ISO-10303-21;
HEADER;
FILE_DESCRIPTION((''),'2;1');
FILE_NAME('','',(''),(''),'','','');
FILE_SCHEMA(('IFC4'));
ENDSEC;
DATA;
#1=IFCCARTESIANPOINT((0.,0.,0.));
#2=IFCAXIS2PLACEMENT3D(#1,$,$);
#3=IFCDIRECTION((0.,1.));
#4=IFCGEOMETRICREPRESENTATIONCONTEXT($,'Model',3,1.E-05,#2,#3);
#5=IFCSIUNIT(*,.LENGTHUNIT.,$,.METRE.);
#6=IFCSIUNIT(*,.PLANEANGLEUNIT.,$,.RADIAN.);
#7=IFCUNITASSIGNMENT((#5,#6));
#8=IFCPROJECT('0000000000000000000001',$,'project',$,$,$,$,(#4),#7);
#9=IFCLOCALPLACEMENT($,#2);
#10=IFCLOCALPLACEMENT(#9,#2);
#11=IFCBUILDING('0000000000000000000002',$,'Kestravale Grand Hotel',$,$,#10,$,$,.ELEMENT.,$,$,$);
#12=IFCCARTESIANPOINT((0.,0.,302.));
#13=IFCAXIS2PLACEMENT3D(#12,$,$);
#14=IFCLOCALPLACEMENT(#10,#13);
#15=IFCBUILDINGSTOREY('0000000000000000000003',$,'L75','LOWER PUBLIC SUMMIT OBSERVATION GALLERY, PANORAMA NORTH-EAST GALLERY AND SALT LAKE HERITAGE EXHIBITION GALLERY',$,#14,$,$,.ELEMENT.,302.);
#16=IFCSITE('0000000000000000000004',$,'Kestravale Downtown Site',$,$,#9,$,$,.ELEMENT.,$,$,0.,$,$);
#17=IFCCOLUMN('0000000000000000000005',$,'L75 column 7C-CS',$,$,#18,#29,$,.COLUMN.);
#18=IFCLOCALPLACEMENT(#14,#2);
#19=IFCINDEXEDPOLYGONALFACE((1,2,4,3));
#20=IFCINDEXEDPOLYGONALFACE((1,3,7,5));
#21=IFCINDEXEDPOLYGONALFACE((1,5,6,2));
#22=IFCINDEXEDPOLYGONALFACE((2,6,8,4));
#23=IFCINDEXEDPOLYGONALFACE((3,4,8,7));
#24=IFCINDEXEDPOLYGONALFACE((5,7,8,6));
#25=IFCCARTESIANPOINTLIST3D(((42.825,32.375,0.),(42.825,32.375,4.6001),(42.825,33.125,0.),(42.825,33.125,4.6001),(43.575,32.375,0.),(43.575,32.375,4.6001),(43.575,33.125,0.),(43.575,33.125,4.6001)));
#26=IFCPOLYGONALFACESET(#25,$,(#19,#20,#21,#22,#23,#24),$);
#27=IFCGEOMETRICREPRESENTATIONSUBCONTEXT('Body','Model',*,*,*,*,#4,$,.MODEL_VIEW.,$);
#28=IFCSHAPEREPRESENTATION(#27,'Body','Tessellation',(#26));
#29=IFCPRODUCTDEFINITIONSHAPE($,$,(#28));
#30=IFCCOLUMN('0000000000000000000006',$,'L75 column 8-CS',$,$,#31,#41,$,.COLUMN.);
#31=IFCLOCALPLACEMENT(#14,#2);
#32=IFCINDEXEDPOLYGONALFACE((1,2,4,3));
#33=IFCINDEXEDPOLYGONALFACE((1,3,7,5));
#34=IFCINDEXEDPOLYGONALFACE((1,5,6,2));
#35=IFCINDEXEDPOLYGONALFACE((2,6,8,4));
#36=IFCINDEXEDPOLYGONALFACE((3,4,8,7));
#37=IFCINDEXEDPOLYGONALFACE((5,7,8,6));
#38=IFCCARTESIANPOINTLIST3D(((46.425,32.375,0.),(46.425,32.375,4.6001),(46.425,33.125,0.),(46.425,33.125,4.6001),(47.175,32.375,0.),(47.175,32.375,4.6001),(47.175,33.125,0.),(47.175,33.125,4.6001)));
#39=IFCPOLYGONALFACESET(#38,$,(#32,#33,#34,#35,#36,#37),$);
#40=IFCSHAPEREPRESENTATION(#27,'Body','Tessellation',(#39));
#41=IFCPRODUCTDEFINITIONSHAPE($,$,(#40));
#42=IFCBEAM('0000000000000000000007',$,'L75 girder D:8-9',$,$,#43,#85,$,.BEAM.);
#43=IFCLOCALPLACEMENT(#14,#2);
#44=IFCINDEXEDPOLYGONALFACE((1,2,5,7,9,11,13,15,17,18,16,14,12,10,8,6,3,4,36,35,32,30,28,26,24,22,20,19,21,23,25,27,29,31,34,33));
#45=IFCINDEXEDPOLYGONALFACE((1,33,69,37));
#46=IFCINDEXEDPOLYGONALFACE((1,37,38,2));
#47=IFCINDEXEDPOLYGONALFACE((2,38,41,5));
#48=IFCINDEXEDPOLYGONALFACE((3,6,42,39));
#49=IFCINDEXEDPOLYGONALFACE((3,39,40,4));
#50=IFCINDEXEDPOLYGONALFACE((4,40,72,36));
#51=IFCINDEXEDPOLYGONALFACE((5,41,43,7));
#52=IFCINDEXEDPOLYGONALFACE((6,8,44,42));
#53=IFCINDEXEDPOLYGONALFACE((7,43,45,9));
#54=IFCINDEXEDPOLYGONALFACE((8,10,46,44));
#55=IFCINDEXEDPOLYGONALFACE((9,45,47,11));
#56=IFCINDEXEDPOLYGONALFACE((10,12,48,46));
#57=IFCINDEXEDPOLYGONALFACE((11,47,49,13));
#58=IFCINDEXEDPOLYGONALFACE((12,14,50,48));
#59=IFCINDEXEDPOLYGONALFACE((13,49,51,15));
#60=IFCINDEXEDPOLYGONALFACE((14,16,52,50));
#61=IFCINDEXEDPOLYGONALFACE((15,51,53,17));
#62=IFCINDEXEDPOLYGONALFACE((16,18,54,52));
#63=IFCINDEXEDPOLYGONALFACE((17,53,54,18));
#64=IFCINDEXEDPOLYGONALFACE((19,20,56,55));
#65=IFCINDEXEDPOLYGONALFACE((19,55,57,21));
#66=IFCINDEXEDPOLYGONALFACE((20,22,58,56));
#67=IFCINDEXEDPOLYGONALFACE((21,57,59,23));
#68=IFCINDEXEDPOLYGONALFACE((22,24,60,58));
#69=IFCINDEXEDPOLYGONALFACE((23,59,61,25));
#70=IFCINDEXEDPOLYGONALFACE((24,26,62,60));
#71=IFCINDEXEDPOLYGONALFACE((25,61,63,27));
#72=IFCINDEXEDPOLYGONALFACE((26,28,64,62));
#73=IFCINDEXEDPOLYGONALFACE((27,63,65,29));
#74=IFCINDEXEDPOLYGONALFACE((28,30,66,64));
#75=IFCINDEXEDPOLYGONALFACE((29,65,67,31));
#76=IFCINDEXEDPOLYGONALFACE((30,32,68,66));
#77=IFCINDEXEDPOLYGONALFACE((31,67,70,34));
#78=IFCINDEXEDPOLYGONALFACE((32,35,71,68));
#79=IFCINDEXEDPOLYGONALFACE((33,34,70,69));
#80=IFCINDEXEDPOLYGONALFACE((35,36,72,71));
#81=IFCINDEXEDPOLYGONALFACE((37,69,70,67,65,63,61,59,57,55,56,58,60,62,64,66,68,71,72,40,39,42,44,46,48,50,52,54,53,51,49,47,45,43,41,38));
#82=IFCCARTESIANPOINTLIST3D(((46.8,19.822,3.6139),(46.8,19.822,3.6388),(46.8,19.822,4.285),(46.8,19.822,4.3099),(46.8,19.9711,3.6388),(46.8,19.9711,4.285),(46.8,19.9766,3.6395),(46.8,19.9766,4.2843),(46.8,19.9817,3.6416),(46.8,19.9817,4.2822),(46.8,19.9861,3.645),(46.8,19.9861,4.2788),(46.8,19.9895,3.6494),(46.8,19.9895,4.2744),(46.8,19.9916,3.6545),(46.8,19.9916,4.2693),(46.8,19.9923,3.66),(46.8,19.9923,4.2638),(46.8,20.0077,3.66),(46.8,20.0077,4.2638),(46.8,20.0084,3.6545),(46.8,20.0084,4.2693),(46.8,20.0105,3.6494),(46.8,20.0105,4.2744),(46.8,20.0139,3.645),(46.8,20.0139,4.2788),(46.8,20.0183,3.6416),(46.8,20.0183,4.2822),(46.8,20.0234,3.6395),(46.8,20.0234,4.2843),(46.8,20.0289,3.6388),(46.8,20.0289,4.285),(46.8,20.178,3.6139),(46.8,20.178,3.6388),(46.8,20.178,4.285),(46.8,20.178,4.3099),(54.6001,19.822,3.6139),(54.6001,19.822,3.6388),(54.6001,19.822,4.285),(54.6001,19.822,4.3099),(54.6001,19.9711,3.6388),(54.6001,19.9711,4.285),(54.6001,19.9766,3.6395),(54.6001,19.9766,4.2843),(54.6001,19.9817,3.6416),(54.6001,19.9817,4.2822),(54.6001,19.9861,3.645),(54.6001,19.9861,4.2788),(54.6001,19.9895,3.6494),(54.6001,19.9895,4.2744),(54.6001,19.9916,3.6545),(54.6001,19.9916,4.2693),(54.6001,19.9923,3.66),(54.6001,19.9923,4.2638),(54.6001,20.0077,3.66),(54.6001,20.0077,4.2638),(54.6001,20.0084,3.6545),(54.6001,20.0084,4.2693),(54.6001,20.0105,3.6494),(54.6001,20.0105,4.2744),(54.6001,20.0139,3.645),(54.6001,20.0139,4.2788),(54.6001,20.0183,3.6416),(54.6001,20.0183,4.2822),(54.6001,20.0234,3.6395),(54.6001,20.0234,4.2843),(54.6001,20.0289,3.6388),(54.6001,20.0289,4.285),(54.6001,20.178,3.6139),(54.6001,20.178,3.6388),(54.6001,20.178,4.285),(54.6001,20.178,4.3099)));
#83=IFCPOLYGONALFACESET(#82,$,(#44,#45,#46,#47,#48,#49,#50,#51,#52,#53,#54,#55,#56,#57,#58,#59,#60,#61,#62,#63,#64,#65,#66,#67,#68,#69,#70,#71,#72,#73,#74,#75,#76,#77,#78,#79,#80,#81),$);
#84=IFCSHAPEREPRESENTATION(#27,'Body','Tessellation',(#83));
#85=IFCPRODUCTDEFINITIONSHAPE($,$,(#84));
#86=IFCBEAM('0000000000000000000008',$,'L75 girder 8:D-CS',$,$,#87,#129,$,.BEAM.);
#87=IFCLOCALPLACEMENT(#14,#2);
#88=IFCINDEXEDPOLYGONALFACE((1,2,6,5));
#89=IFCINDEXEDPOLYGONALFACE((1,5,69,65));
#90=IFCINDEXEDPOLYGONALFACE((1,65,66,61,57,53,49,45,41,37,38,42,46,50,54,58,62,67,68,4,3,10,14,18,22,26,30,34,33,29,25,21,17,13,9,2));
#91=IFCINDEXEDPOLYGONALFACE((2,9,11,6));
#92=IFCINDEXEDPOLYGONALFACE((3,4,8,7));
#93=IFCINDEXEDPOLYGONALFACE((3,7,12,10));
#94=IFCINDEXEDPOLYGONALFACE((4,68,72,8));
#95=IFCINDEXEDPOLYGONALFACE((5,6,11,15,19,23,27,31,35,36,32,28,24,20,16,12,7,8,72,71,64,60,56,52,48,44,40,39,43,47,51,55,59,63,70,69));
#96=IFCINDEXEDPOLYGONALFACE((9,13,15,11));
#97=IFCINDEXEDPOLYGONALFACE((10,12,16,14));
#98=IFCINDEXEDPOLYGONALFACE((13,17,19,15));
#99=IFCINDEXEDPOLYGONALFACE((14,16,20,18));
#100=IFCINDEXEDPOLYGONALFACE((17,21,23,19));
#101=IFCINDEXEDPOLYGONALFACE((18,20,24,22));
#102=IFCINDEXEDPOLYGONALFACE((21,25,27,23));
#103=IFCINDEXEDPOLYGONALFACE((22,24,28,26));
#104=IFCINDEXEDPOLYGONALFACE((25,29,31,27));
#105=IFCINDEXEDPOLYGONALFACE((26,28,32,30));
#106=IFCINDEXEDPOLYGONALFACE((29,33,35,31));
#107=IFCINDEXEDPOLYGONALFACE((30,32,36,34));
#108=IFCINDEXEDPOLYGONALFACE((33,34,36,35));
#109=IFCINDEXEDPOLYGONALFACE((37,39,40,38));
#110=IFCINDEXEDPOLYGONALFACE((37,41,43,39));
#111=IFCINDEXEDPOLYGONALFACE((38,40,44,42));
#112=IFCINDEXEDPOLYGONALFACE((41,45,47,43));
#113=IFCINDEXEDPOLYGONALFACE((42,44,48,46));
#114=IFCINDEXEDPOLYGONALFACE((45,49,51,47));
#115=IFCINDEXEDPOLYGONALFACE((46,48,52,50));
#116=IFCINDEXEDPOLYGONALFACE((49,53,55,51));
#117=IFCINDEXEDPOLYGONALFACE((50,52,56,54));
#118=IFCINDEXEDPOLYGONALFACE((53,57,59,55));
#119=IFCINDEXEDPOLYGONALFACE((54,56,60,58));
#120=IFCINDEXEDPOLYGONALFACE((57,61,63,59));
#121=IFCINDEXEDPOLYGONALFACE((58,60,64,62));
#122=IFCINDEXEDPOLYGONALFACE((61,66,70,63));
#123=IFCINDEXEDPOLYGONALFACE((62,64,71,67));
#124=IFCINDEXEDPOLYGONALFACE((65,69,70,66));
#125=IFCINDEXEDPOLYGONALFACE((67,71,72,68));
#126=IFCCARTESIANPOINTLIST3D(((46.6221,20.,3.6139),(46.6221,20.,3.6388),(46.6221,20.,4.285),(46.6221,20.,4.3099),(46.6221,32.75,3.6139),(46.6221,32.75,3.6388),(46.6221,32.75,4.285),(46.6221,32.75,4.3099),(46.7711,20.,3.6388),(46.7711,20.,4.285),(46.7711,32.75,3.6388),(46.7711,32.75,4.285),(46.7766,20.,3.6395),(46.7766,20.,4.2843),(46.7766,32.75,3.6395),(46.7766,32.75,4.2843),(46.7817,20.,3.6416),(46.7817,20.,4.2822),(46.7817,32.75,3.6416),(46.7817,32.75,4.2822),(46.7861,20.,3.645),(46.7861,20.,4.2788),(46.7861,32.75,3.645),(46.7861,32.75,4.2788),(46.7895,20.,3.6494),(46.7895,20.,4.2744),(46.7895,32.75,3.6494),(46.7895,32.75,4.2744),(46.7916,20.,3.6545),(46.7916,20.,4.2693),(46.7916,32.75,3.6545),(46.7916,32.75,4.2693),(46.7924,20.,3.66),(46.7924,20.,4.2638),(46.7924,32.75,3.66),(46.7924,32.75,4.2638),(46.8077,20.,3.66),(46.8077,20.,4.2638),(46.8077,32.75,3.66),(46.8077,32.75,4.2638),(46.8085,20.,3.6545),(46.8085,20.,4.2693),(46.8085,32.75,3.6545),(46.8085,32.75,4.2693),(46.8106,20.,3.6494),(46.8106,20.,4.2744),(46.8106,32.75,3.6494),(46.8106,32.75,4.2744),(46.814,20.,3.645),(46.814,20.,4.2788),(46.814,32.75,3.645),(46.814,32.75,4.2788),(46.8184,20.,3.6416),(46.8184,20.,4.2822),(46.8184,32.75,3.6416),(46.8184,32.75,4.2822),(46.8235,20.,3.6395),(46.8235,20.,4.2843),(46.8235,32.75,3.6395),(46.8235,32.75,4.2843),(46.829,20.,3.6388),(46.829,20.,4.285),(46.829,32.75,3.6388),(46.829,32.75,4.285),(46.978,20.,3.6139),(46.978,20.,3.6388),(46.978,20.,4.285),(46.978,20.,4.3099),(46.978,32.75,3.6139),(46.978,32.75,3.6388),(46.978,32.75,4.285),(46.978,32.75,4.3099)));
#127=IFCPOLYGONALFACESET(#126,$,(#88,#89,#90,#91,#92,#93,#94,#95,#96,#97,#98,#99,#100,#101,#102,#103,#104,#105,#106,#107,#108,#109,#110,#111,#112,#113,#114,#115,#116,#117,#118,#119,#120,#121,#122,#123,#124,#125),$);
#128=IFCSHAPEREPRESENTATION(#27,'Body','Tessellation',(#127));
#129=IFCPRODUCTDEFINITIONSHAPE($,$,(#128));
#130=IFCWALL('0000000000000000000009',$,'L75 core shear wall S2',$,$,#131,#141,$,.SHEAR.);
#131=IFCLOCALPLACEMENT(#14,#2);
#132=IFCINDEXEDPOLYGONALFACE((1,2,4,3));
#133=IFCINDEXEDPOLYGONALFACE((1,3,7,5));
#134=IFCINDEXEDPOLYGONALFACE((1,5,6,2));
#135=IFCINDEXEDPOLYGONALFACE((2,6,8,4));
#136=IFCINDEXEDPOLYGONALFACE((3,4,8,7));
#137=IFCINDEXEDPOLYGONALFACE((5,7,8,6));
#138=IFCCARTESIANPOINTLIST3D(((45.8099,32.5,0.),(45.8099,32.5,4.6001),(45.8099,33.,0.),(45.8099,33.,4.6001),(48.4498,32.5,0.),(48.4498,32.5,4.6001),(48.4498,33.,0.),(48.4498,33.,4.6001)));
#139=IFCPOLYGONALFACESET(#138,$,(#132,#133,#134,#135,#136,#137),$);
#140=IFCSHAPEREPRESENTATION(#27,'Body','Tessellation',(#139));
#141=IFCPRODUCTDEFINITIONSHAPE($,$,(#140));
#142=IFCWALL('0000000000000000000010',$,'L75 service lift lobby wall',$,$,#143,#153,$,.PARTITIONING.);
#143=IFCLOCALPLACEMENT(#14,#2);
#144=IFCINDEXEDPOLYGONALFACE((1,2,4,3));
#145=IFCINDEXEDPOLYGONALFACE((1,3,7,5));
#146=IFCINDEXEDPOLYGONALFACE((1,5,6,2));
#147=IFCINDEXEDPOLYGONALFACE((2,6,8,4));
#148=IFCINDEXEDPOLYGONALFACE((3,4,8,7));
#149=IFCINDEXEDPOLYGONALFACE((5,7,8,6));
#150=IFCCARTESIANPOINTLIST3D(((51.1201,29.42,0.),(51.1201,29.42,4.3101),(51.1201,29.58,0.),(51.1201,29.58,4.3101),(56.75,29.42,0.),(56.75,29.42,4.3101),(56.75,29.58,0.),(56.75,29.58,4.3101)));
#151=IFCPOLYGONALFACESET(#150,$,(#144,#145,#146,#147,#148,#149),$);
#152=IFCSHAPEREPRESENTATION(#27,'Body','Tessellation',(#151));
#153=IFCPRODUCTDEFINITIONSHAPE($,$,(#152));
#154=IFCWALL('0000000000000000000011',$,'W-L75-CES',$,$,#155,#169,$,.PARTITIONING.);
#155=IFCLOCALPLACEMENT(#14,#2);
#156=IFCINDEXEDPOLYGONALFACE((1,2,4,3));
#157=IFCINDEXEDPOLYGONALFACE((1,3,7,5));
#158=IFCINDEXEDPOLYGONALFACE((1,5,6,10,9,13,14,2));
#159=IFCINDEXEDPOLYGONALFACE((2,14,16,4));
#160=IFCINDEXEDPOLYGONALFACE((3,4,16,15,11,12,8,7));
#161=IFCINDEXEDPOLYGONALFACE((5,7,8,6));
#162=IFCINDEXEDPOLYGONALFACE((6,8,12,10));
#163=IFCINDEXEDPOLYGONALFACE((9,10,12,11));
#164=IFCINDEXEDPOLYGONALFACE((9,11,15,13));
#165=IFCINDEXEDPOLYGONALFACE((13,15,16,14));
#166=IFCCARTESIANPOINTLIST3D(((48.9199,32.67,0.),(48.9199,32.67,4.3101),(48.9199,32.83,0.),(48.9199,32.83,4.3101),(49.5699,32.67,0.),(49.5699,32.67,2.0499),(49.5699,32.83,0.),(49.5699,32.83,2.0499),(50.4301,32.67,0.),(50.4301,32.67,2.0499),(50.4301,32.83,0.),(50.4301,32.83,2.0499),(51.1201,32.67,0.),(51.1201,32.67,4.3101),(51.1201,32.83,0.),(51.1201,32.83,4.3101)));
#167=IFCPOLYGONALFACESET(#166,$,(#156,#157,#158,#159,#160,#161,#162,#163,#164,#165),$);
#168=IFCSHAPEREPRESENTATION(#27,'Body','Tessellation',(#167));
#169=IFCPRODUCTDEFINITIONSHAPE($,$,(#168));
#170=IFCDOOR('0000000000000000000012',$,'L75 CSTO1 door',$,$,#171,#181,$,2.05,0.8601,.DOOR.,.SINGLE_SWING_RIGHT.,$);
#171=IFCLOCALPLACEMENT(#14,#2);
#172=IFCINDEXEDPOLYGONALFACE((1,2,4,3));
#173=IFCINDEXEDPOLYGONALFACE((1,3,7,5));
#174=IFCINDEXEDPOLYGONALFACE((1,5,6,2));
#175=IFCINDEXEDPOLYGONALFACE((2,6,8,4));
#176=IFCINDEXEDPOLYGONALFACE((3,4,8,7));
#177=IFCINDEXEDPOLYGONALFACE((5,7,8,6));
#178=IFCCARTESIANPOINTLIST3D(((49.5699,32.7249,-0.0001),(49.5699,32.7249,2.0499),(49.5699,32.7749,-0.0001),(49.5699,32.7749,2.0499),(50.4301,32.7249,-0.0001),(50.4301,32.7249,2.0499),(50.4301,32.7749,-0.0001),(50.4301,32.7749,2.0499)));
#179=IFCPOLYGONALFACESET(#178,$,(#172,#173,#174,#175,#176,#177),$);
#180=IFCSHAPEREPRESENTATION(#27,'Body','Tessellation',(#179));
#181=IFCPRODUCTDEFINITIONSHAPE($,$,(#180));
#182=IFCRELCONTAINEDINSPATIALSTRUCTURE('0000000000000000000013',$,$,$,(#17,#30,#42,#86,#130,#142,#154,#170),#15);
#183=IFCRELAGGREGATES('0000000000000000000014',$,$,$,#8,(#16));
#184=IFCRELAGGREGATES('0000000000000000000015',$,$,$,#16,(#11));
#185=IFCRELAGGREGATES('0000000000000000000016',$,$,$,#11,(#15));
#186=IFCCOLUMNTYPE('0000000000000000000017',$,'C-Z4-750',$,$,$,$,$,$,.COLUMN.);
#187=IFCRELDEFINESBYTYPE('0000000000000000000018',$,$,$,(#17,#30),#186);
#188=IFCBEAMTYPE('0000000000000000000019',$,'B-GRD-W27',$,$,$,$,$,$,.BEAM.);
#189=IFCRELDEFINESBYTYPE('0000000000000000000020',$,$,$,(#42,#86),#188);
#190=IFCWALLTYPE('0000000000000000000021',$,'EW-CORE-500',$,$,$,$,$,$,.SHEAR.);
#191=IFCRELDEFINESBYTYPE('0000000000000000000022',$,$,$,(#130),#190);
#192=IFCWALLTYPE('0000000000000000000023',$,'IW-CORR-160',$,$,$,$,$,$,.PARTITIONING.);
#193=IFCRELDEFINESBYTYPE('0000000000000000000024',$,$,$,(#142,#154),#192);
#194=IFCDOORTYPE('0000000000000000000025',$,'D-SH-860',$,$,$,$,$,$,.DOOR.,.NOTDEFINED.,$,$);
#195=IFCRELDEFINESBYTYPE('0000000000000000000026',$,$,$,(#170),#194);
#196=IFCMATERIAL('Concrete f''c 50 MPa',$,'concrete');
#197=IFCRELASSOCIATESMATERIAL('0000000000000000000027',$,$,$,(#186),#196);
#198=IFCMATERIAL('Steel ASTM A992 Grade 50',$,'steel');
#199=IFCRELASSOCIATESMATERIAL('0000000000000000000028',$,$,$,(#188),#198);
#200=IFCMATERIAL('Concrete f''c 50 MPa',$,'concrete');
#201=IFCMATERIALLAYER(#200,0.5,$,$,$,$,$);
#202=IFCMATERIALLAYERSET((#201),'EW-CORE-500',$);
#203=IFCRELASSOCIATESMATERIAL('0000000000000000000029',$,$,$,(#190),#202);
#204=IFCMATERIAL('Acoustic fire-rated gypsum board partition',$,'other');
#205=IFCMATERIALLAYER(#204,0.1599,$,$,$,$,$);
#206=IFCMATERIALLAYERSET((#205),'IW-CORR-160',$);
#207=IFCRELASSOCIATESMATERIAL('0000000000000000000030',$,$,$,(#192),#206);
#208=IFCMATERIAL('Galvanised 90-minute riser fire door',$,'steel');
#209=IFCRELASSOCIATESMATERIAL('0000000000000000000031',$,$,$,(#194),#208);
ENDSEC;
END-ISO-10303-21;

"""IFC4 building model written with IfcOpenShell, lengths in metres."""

from ifc_helpers import new_model, si_unit, direction, frame, frame_2d, origin, origin_2d, place, context, subcontext, project, spatial, rectangle, i_section, extrude, material, layer, layer_set, material_profile, profile_set, type_object, element, fill, save


model = new_model("IFC4")

# Units and contexts
model_context = context("Model", 3, precision=1e-05, world=origin(), true_north=direction((0.0, 1.0)))
body_context = subcontext(model_context, "Body", "Model", "MODEL_VIEW")
ifc_project = project(units=[si_unit("LENGTHUNIT", "METRE"), si_unit("PLANEANGLEUNIT", "RADIAN")], contexts=[model_context])

# Site, building, storey
site_placement = place(None, origin())
site = spatial("IfcSite", under=ifc_project, at=site_placement, Name="Kestravale Downtown Site", CompositionType="ELEMENT", RefElevation=0.0)
building_placement = place(site_placement, origin())
building = spatial("IfcBuilding", under=site, at=building_placement, Name="Kestravale Grand Hotel", CompositionType="ELEMENT")
storey_placement = place(building_placement, frame((0.0, 0.0, 302.0)))
storey = spatial("IfcBuildingStorey", under=building, at=storey_placement, Name="L75", Description="LOWER PUBLIC SUMMIT OBSERVATION GALLERY, PANORAMA NORTH-EAST GALLERY AND SALT LAKE HERITAGE EXHIBITION GALLERY", CompositionType="ELEMENT", Elevation=302.0)

# Columns
ifc_material_1 = material(Name="Concrete f'c 50 MPa", Category="concrete")
ifc_material_profile_1 = material_profile(ifc_material_1, rectangle(XDim=0.75, YDim=0.75, at=origin_2d()))
ifc_profile_set_1 = profile_set([ifc_material_profile_1], Name="Concrete f'c 50 MPa")
column_type = type_object("IfcColumnType", Name="C-Z4-750", PredefinedType="COLUMN", material=ifc_profile_set_1)
for number, where, z_axis, x_axis, name in (
    (1, (43.2, 32.75, 0.0), (0.0, 0.0, 1.0), (1.0, 0.0, 0.0), "L75 column 7C-CS"),
    (2, (46.8, 32.75, 0.0), (0.0, 0.0, 1.0), (1.0, 0.0, 0.0), "L75 column 8-CS"),
):
    element("IfcColumn", number, at=place(storey_placement, frame(where, z_axis=z_axis, x_axis=x_axis)), inside=storey, type_object=column_type, Name=name, PredefinedType="COLUMN", context=body_context, shape_type="SweptSolid", body=[
        extrude(rectangle(XDim=0.75, YDim=0.75, at=origin_2d()), origin(), (0.0, 0.0, 1.0), 4.6001),
    ])

# Beams
ifc_material_2 = material(Name="Steel ASTM A992 Grade 50", Category="steel")
ifc_material_profile_2 = material_profile(ifc_material_2, i_section(OverallWidth=0.356, OverallDepth=0.696, WebThickness=0.0154, FlangeThickness=0.0249, FilletRadius=0.0212, at=origin_2d()))
ifc_profile_set_2 = profile_set([ifc_material_profile_2], Name="Steel ASTM A992 Grade 50")
beam_type = type_object("IfcBeamType", Name="B-GRD-W27", PredefinedType="BEAM", material=ifc_profile_set_2)
beam_1_placement = place(storey_placement, frame((46.8, 20.0, 3.9619), z_axis=(1.0, 0.0, 0.0), x_axis=(0.0, 1.0, 0.0)))
element("IfcBeam", 3, at=beam_1_placement, inside=storey, type_object=beam_type, Name="L75 girder D:8-9", PredefinedType="BEAM", context=body_context, shape_type="SweptSolid", body=[
    extrude(i_section(OverallWidth=0.356, OverallDepth=0.696, WebThickness=0.0154, FlangeThickness=0.0249, FilletRadius=0.0212, at=origin_2d()), origin(), (0.0, 0.0, 1.0), 7.8),
])
beam_2_placement = place(storey_placement, frame((46.8, 20.0, 3.9619), z_axis=(0.0, 1.0, 0.0), x_axis=(-1.0, 0.0, 0.0)))
element("IfcBeam", 4, at=beam_2_placement, inside=storey, type_object=beam_type, Name="L75 girder 8:D-CS", PredefinedType="BEAM", context=body_context, shape_type="SweptSolid", body=[
    extrude(i_section(OverallWidth=0.356, OverallDepth=0.696, WebThickness=0.0154, FlangeThickness=0.0249, FilletRadius=0.0212, at=origin_2d()), origin(), (0.0, 0.0, 1.0), 12.75),
])

# Wall
ifc_material_3 = material(Name="Concrete f'c 50 MPa", Category="concrete")
ifc_layer_1 = layer(ifc_material_3, 0.5)
ifc_layer_set_1 = layer_set([ifc_layer_1], Name="EW-CORE-500")
wall_type_1 = type_object("IfcWallType", Name="EW-CORE-500", PredefinedType="SHEAR", material=ifc_layer_set_1)
wall_1_placement = place(storey_placement, frame((45.8101, 32.75, 0.0), z_axis=(0.0, 0.0, 1.0), x_axis=(1.0, 0.0, 0.0)))
element("IfcWall", 5, at=wall_1_placement, inside=storey, type_object=wall_type_1, Name="L75 core shear wall S2", PredefinedType="SHEAR", context=body_context, shape_type="SweptSolid", body=[
    extrude(rectangle(XDim=2.6399, YDim=0.5, at=frame_2d((1.3198, 0.0))), origin(), (0.0, 0.0, 1.0), 4.6001),
])

# Shared definitions
ifc_material_4 = material(Name="Acoustic fire-rated gypsum board partition", Category="other")
ifc_layer_2 = layer(ifc_material_4, 0.1599)
ifc_layer_set_2 = layer_set([ifc_layer_2], Name="IW-CORR-160")
wall_type_2 = type_object("IfcWallType", Name="IW-CORR-160", PredefinedType="PARTITIONING", material=ifc_layer_set_2)

# Wall
wall_2_placement = place(storey_placement, frame((51.1201, 29.5, 0.0), z_axis=(0.0, 0.0, 1.0), x_axis=(1.0, 0.0, 0.0)))
element("IfcWall", 6, at=wall_2_placement, inside=storey, type_object=wall_type_2, Name="L75 service lift lobby wall", PredefinedType="PARTITIONING", context=body_context, shape_type="SweptSolid", body=[
    extrude(rectangle(XDim=5.6299, YDim=0.1599, at=frame_2d((2.8149, 0.0))), origin(), (0.0, 0.0, 1.0), 4.3101),
])

# Wall, opening, door
wall_3_placement = place(storey_placement, frame((48.9199, 32.75, 0.0), z_axis=(0.0, 0.0, 1.0), x_axis=(1.0, 0.0, 0.0)))
wall_3 = element("IfcWall", 7, at=wall_3_placement, inside=storey, type_object=wall_type_2, Name="W-L75-CES", PredefinedType="PARTITIONING", context=body_context, shape_type="SweptSolid", body=[
    extrude(rectangle(XDim=2.2002, YDim=0.1599, at=frame_2d((1.1001, 0.0))), origin(), (0.0, 0.0, 1.0), 4.3101),
])
opening_1_placement = place(wall_3_placement, frame((0.6499, 0.0, 0.0)))
opening_1 = element("IfcOpeningElement", 8, at=opening_1_placement, cuts=wall_3, PredefinedType="OPENING", context=body_context, shape_type="SweptSolid", body=[
    extrude(rectangle(XDim=0.8601, YDim=2.05, at=frame_2d((0.4302, 1.0249))), frame((0.0, 0.0898, 0.0), z_axis=(0.0, -1.0, 0.0), x_axis=(1.0, 0.0, 0.0)), (0.0, 0.0, 1.0), 0.1799),
])
ifc_material_5 = material(Name="Galvanised 90-minute riser fire door", Category="steel")
door_type_1 = type_object("IfcDoorType", Name="D-SH-860", OperationType="NOTDEFINED", PredefinedType="DOOR", material=ifc_material_5)
door_1_placement = place(opening_1_placement, origin())
door_1 = element("IfcDoor", 9, at=door_1_placement, inside=storey, type_object=door_type_1, Name="L75 CSTO1 door", OperationType="SINGLE_SWING_RIGHT", OverallHeight=2.05, OverallWidth=0.8601, PredefinedType="DOOR", context=body_context, shape_type="SweptSolid", body=[
    extrude(rectangle(XDim=0.8601, YDim=2.05, at=frame_2d((0.4302, 1.0249))), frame((0.0, 0.0249, 0.0), z_axis=(0.0, -1.0, 0.0), x_axis=(1.0, 0.0, 0.0)), (0.0, 0.0, 1.0), 0.05),
])
fill(opening_1, door_1)

save(model, "model.ifc")
